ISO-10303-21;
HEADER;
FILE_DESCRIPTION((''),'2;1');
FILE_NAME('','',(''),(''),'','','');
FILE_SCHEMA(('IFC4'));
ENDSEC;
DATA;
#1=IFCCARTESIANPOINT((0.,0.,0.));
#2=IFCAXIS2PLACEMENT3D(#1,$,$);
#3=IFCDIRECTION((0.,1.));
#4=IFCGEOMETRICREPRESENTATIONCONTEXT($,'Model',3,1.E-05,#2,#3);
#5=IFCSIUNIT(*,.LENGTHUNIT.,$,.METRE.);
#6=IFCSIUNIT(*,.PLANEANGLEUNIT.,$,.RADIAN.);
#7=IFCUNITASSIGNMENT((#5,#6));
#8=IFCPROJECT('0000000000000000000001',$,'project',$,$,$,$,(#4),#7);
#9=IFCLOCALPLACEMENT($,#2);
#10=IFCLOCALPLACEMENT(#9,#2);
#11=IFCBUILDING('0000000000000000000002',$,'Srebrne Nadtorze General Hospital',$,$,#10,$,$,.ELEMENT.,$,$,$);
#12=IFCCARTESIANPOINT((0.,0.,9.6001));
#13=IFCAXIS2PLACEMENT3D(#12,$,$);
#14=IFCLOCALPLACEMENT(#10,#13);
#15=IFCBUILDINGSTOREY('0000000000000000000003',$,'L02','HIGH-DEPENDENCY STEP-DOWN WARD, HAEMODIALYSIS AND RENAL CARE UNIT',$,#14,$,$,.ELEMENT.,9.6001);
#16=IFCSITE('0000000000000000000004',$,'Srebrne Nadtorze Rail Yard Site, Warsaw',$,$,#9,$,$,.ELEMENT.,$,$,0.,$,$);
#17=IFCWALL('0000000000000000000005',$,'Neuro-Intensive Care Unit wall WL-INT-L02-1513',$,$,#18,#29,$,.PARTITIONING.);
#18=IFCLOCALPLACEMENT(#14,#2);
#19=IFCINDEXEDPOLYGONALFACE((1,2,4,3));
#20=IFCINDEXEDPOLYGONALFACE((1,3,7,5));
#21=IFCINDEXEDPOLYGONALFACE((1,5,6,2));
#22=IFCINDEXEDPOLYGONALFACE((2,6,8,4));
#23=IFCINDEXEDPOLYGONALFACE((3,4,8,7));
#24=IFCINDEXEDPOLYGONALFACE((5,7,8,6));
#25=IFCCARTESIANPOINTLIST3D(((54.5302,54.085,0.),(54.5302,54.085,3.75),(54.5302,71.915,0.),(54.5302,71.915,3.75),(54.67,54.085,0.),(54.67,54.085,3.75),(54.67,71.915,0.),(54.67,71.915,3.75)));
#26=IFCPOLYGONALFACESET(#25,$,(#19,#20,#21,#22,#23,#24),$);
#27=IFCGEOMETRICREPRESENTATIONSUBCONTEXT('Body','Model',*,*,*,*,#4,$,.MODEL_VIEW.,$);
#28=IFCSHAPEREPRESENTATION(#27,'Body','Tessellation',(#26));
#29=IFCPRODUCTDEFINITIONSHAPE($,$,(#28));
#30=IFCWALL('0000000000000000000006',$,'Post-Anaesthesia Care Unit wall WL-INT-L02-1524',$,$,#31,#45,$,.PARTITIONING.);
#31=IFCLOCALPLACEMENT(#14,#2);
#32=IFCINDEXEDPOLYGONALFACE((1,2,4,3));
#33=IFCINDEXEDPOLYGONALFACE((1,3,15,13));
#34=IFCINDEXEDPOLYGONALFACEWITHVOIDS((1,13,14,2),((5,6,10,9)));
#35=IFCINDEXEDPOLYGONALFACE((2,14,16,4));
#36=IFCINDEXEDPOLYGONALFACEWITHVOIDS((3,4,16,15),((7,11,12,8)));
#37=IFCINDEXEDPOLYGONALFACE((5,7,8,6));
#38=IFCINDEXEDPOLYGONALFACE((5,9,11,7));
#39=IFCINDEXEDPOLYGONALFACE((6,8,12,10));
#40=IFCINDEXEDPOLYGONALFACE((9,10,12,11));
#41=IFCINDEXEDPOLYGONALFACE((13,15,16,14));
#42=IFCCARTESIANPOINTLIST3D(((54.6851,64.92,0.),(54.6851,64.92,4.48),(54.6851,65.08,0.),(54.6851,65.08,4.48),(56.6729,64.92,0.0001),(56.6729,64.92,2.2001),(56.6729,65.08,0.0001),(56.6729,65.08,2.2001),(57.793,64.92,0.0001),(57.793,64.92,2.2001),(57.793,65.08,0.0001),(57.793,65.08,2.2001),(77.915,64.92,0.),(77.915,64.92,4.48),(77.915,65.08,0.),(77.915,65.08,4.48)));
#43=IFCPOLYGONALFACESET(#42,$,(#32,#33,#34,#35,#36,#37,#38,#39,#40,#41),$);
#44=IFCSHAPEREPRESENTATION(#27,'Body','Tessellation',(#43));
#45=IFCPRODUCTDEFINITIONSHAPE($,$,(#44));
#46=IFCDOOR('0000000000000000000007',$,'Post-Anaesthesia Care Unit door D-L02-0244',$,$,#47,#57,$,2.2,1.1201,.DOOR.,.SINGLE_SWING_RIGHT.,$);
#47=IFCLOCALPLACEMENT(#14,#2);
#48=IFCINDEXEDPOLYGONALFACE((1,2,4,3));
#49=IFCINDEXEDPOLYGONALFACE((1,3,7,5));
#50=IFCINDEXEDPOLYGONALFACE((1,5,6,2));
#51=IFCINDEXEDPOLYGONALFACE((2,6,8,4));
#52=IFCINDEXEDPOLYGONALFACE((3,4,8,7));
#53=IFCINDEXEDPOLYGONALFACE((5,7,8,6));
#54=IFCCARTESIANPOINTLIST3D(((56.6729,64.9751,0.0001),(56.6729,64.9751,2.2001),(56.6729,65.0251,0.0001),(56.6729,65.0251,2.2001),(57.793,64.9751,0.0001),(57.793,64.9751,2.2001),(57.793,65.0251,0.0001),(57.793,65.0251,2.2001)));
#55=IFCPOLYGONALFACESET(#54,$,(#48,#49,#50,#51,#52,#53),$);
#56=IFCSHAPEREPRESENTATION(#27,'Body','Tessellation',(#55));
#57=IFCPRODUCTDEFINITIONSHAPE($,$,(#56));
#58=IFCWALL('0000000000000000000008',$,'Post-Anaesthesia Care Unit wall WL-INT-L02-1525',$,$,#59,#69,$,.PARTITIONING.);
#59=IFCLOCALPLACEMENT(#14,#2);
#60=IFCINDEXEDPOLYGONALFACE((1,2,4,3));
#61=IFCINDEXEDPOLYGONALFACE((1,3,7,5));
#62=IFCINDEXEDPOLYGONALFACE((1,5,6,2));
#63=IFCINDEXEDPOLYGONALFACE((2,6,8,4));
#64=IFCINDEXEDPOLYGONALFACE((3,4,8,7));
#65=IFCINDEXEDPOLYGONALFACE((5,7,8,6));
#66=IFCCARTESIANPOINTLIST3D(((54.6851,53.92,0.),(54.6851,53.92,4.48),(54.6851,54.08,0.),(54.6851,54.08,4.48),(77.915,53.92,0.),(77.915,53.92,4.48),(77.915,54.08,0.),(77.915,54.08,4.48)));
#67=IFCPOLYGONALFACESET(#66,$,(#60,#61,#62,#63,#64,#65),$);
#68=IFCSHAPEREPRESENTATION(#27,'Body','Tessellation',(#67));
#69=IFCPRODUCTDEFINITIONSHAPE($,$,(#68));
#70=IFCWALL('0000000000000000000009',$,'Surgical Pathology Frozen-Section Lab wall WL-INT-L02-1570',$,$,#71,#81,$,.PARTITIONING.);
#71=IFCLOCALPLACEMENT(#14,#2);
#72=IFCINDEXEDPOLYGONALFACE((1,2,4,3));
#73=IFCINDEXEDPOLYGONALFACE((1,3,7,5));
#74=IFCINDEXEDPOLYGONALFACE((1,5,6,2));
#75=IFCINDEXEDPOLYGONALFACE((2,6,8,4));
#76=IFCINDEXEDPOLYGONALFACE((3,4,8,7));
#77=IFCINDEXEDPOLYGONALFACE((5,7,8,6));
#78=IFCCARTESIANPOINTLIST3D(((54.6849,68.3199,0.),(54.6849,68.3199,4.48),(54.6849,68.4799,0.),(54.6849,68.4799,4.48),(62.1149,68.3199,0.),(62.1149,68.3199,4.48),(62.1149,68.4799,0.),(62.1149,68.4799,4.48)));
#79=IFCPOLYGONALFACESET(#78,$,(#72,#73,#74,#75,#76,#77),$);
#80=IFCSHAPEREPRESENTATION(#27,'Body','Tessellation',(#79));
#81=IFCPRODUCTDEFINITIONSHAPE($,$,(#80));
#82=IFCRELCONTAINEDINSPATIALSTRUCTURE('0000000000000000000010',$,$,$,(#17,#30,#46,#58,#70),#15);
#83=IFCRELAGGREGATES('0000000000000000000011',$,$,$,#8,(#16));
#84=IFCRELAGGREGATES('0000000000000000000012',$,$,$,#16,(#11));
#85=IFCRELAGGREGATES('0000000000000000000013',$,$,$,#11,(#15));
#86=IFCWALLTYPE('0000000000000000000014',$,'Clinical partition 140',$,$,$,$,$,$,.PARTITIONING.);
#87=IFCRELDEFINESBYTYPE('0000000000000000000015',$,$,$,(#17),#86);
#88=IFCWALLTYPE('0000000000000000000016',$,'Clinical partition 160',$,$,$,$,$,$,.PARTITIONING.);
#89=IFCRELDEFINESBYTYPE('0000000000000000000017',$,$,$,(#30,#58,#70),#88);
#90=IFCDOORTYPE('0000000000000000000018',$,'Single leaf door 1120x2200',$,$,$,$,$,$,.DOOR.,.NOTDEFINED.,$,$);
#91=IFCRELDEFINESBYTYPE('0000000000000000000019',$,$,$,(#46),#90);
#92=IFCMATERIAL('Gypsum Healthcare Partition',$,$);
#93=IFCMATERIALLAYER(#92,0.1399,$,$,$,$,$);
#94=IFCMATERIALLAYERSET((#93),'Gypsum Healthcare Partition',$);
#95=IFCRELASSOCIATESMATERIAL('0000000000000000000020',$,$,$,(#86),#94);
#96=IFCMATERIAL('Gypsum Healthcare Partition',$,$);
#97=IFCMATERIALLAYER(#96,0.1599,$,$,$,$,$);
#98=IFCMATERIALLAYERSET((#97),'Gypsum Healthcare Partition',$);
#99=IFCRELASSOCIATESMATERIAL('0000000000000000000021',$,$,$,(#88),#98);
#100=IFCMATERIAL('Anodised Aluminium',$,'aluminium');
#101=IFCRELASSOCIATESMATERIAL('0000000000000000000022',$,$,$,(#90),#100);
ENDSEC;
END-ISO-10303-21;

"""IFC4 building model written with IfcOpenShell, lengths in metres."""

from ifc_helpers import new_model, si_unit, direction, frame, frame_2d, origin, place, context, subcontext, project, spatial, rectangle, extrude, material, layer, layer_set, type_object, element, fill, save


model = new_model("IFC4")

# Units and contexts
model_context = context("Model", 3, precision=1e-05, world=origin(), true_north=direction((0.0, 1.0)))
body_context = subcontext(model_context, "Body", "Model", "MODEL_VIEW")
ifc_project = project(units=[si_unit("LENGTHUNIT", "METRE"), si_unit("PLANEANGLEUNIT", "RADIAN")], contexts=[model_context])

# Site, building, storey
site_placement = place(None, origin())
site = spatial("IfcSite", under=ifc_project, at=site_placement, Name="Srebrne Nadtorze Rail Yard Site, Warsaw", CompositionType="ELEMENT", RefElevation=0.0)
building_placement = place(site_placement, origin())
building = spatial("IfcBuilding", under=site, at=building_placement, Name="Srebrne Nadtorze General Hospital", CompositionType="ELEMENT")
storey_placement = place(building_placement, frame((0.0, 0.0, 9.6001)))
storey = spatial("IfcBuildingStorey", under=building, at=storey_placement, Name="L02", Description="HIGH-DEPENDENCY STEP-DOWN WARD, HAEMODIALYSIS AND RENAL CARE UNIT", CompositionType="ELEMENT", Elevation=9.6001)

# Wall
ifc_material_1 = material(Name="Gypsum Healthcare Partition")
ifc_layer_1 = layer(ifc_material_1, 0.1399)
ifc_layer_set_1 = layer_set([ifc_layer_1], Name="Gypsum Healthcare Partition")
wall_type_1 = type_object("IfcWallType", Name="Clinical partition 140", PredefinedType="PARTITIONING", material=ifc_layer_set_1)
wall_1_placement = place(storey_placement, frame((54.6001, 54.085, 0.0), z_axis=(0.0, 0.0, 1.0), x_axis=(0.0, 1.0, 0.0)))
element("IfcWall", 1, at=wall_1_placement, inside=storey, type_object=wall_type_1, Name="Neuro-Intensive Care Unit wall WL-INT-L02-1513", PredefinedType="PARTITIONING", context=body_context, shape_type="SweptSolid", body=[
    extrude(rectangle(XDim=17.8301, YDim=0.1399, at=frame_2d((8.915, 0.0))), origin(), (0.0, 0.0, 1.0), 3.75),
])

# Wall, opening, door
ifc_material_2 = material(Name="Gypsum Healthcare Partition")
ifc_layer_2 = layer(ifc_material_2, 0.1599)
ifc_layer_set_2 = layer_set([ifc_layer_2], Name="Gypsum Healthcare Partition")
wall_type_2 = type_object("IfcWallType", Name="Clinical partition 160", PredefinedType="PARTITIONING", material=ifc_layer_set_2)
wall_2_placement = place(storey_placement, frame((54.6851, 65.0, 0.0), z_axis=(0.0, 0.0, 1.0), x_axis=(1.0, 0.0, 0.0)))
wall_2 = element("IfcWall", 2, at=wall_2_placement, inside=storey, type_object=wall_type_2, Name="Post-Anaesthesia Care Unit wall WL-INT-L02-1524", PredefinedType="PARTITIONING", context=body_context, shape_type="SweptSolid", body=[
    extrude(rectangle(XDim=23.23, YDim=0.1599, at=frame_2d((11.615, 0.0))), origin(), (0.0, 0.0, 1.0), 4.48),
])
opening_placement = place(wall_2_placement, frame((1.9878, 0.0, 0.0)))
opening = element("IfcOpeningElement", 3, at=opening_placement, cuts=wall_2, PredefinedType="OPENING", context=body_context, shape_type="SweptSolid", body=[
    extrude(rectangle(XDim=1.1201, YDim=2.2, at=frame_2d((0.5601, 1.1001))), frame((0.0, 0.0918, 0.0), z_axis=(0.0, -1.0, 0.0), x_axis=(1.0, 0.0, 0.0)), (0.0, 0.0, 1.0), 0.1838),
])
ifc_material_3 = material(Name="Anodised Aluminium", Category="aluminium")
door_type = type_object("IfcDoorType", Name="Single leaf door 1120x2200", OperationType="NOTDEFINED", PredefinedType="DOOR", material=ifc_material_3)
door_placement = place(opening_placement, frame((1.1201, 0.0, 0.0), z_axis=(0.0, 0.0, 1.0), x_axis=(-1.0, 0.0, 0.0)))
door = element("IfcDoor", 4, at=door_placement, inside=storey, type_object=door_type, Name="Post-Anaesthesia Care Unit door D-L02-0244", OperationType="SINGLE_SWING_RIGHT", OverallHeight=2.2, OverallWidth=1.1201, PredefinedType="DOOR", context=body_context, shape_type="SweptSolid", body=[
    extrude(rectangle(XDim=1.1201, YDim=2.2, at=frame_2d((0.5601, 1.1001))), frame((0.0, 0.0249, 0.0), z_axis=(0.0, -1.0, 0.0), x_axis=(1.0, 0.0, 0.0)), (0.0, 0.0, 1.0), 0.05),
])
fill(opening, door)

# Walls
wall_3_placement = place(storey_placement, frame((54.6851, 54.0, 0.0), z_axis=(0.0, 0.0, 1.0), x_axis=(1.0, 0.0, 0.0)))
element("IfcWall", 5, at=wall_3_placement, inside=storey, type_object=wall_type_2, Name="Post-Anaesthesia Care Unit wall WL-INT-L02-1525", PredefinedType="PARTITIONING", context=body_context, shape_type="SweptSolid", body=[
    extrude(rectangle(XDim=23.23, YDim=0.1599, at=frame_2d((11.615, 0.0))), origin(), (0.0, 0.0, 1.0), 4.48),
])
wall_4_placement = place(storey_placement, frame((54.6851, 68.3999, 0.0), z_axis=(0.0, 0.0, 1.0), x_axis=(1.0, 0.0, 0.0)))
element("IfcWall", 6, at=wall_4_placement, inside=storey, type_object=wall_type_2, Name="Surgical Pathology Frozen-Section Lab wall WL-INT-L02-1570", PredefinedType="PARTITIONING", context=body_context, shape_type="SweptSolid", body=[
    extrude(rectangle(XDim=7.4299, YDim=0.1599, at=frame_2d((3.7148, 0.0))), origin(), (0.0, 0.0, 1.0), 4.48),
])

save(model, "model.ifc")
